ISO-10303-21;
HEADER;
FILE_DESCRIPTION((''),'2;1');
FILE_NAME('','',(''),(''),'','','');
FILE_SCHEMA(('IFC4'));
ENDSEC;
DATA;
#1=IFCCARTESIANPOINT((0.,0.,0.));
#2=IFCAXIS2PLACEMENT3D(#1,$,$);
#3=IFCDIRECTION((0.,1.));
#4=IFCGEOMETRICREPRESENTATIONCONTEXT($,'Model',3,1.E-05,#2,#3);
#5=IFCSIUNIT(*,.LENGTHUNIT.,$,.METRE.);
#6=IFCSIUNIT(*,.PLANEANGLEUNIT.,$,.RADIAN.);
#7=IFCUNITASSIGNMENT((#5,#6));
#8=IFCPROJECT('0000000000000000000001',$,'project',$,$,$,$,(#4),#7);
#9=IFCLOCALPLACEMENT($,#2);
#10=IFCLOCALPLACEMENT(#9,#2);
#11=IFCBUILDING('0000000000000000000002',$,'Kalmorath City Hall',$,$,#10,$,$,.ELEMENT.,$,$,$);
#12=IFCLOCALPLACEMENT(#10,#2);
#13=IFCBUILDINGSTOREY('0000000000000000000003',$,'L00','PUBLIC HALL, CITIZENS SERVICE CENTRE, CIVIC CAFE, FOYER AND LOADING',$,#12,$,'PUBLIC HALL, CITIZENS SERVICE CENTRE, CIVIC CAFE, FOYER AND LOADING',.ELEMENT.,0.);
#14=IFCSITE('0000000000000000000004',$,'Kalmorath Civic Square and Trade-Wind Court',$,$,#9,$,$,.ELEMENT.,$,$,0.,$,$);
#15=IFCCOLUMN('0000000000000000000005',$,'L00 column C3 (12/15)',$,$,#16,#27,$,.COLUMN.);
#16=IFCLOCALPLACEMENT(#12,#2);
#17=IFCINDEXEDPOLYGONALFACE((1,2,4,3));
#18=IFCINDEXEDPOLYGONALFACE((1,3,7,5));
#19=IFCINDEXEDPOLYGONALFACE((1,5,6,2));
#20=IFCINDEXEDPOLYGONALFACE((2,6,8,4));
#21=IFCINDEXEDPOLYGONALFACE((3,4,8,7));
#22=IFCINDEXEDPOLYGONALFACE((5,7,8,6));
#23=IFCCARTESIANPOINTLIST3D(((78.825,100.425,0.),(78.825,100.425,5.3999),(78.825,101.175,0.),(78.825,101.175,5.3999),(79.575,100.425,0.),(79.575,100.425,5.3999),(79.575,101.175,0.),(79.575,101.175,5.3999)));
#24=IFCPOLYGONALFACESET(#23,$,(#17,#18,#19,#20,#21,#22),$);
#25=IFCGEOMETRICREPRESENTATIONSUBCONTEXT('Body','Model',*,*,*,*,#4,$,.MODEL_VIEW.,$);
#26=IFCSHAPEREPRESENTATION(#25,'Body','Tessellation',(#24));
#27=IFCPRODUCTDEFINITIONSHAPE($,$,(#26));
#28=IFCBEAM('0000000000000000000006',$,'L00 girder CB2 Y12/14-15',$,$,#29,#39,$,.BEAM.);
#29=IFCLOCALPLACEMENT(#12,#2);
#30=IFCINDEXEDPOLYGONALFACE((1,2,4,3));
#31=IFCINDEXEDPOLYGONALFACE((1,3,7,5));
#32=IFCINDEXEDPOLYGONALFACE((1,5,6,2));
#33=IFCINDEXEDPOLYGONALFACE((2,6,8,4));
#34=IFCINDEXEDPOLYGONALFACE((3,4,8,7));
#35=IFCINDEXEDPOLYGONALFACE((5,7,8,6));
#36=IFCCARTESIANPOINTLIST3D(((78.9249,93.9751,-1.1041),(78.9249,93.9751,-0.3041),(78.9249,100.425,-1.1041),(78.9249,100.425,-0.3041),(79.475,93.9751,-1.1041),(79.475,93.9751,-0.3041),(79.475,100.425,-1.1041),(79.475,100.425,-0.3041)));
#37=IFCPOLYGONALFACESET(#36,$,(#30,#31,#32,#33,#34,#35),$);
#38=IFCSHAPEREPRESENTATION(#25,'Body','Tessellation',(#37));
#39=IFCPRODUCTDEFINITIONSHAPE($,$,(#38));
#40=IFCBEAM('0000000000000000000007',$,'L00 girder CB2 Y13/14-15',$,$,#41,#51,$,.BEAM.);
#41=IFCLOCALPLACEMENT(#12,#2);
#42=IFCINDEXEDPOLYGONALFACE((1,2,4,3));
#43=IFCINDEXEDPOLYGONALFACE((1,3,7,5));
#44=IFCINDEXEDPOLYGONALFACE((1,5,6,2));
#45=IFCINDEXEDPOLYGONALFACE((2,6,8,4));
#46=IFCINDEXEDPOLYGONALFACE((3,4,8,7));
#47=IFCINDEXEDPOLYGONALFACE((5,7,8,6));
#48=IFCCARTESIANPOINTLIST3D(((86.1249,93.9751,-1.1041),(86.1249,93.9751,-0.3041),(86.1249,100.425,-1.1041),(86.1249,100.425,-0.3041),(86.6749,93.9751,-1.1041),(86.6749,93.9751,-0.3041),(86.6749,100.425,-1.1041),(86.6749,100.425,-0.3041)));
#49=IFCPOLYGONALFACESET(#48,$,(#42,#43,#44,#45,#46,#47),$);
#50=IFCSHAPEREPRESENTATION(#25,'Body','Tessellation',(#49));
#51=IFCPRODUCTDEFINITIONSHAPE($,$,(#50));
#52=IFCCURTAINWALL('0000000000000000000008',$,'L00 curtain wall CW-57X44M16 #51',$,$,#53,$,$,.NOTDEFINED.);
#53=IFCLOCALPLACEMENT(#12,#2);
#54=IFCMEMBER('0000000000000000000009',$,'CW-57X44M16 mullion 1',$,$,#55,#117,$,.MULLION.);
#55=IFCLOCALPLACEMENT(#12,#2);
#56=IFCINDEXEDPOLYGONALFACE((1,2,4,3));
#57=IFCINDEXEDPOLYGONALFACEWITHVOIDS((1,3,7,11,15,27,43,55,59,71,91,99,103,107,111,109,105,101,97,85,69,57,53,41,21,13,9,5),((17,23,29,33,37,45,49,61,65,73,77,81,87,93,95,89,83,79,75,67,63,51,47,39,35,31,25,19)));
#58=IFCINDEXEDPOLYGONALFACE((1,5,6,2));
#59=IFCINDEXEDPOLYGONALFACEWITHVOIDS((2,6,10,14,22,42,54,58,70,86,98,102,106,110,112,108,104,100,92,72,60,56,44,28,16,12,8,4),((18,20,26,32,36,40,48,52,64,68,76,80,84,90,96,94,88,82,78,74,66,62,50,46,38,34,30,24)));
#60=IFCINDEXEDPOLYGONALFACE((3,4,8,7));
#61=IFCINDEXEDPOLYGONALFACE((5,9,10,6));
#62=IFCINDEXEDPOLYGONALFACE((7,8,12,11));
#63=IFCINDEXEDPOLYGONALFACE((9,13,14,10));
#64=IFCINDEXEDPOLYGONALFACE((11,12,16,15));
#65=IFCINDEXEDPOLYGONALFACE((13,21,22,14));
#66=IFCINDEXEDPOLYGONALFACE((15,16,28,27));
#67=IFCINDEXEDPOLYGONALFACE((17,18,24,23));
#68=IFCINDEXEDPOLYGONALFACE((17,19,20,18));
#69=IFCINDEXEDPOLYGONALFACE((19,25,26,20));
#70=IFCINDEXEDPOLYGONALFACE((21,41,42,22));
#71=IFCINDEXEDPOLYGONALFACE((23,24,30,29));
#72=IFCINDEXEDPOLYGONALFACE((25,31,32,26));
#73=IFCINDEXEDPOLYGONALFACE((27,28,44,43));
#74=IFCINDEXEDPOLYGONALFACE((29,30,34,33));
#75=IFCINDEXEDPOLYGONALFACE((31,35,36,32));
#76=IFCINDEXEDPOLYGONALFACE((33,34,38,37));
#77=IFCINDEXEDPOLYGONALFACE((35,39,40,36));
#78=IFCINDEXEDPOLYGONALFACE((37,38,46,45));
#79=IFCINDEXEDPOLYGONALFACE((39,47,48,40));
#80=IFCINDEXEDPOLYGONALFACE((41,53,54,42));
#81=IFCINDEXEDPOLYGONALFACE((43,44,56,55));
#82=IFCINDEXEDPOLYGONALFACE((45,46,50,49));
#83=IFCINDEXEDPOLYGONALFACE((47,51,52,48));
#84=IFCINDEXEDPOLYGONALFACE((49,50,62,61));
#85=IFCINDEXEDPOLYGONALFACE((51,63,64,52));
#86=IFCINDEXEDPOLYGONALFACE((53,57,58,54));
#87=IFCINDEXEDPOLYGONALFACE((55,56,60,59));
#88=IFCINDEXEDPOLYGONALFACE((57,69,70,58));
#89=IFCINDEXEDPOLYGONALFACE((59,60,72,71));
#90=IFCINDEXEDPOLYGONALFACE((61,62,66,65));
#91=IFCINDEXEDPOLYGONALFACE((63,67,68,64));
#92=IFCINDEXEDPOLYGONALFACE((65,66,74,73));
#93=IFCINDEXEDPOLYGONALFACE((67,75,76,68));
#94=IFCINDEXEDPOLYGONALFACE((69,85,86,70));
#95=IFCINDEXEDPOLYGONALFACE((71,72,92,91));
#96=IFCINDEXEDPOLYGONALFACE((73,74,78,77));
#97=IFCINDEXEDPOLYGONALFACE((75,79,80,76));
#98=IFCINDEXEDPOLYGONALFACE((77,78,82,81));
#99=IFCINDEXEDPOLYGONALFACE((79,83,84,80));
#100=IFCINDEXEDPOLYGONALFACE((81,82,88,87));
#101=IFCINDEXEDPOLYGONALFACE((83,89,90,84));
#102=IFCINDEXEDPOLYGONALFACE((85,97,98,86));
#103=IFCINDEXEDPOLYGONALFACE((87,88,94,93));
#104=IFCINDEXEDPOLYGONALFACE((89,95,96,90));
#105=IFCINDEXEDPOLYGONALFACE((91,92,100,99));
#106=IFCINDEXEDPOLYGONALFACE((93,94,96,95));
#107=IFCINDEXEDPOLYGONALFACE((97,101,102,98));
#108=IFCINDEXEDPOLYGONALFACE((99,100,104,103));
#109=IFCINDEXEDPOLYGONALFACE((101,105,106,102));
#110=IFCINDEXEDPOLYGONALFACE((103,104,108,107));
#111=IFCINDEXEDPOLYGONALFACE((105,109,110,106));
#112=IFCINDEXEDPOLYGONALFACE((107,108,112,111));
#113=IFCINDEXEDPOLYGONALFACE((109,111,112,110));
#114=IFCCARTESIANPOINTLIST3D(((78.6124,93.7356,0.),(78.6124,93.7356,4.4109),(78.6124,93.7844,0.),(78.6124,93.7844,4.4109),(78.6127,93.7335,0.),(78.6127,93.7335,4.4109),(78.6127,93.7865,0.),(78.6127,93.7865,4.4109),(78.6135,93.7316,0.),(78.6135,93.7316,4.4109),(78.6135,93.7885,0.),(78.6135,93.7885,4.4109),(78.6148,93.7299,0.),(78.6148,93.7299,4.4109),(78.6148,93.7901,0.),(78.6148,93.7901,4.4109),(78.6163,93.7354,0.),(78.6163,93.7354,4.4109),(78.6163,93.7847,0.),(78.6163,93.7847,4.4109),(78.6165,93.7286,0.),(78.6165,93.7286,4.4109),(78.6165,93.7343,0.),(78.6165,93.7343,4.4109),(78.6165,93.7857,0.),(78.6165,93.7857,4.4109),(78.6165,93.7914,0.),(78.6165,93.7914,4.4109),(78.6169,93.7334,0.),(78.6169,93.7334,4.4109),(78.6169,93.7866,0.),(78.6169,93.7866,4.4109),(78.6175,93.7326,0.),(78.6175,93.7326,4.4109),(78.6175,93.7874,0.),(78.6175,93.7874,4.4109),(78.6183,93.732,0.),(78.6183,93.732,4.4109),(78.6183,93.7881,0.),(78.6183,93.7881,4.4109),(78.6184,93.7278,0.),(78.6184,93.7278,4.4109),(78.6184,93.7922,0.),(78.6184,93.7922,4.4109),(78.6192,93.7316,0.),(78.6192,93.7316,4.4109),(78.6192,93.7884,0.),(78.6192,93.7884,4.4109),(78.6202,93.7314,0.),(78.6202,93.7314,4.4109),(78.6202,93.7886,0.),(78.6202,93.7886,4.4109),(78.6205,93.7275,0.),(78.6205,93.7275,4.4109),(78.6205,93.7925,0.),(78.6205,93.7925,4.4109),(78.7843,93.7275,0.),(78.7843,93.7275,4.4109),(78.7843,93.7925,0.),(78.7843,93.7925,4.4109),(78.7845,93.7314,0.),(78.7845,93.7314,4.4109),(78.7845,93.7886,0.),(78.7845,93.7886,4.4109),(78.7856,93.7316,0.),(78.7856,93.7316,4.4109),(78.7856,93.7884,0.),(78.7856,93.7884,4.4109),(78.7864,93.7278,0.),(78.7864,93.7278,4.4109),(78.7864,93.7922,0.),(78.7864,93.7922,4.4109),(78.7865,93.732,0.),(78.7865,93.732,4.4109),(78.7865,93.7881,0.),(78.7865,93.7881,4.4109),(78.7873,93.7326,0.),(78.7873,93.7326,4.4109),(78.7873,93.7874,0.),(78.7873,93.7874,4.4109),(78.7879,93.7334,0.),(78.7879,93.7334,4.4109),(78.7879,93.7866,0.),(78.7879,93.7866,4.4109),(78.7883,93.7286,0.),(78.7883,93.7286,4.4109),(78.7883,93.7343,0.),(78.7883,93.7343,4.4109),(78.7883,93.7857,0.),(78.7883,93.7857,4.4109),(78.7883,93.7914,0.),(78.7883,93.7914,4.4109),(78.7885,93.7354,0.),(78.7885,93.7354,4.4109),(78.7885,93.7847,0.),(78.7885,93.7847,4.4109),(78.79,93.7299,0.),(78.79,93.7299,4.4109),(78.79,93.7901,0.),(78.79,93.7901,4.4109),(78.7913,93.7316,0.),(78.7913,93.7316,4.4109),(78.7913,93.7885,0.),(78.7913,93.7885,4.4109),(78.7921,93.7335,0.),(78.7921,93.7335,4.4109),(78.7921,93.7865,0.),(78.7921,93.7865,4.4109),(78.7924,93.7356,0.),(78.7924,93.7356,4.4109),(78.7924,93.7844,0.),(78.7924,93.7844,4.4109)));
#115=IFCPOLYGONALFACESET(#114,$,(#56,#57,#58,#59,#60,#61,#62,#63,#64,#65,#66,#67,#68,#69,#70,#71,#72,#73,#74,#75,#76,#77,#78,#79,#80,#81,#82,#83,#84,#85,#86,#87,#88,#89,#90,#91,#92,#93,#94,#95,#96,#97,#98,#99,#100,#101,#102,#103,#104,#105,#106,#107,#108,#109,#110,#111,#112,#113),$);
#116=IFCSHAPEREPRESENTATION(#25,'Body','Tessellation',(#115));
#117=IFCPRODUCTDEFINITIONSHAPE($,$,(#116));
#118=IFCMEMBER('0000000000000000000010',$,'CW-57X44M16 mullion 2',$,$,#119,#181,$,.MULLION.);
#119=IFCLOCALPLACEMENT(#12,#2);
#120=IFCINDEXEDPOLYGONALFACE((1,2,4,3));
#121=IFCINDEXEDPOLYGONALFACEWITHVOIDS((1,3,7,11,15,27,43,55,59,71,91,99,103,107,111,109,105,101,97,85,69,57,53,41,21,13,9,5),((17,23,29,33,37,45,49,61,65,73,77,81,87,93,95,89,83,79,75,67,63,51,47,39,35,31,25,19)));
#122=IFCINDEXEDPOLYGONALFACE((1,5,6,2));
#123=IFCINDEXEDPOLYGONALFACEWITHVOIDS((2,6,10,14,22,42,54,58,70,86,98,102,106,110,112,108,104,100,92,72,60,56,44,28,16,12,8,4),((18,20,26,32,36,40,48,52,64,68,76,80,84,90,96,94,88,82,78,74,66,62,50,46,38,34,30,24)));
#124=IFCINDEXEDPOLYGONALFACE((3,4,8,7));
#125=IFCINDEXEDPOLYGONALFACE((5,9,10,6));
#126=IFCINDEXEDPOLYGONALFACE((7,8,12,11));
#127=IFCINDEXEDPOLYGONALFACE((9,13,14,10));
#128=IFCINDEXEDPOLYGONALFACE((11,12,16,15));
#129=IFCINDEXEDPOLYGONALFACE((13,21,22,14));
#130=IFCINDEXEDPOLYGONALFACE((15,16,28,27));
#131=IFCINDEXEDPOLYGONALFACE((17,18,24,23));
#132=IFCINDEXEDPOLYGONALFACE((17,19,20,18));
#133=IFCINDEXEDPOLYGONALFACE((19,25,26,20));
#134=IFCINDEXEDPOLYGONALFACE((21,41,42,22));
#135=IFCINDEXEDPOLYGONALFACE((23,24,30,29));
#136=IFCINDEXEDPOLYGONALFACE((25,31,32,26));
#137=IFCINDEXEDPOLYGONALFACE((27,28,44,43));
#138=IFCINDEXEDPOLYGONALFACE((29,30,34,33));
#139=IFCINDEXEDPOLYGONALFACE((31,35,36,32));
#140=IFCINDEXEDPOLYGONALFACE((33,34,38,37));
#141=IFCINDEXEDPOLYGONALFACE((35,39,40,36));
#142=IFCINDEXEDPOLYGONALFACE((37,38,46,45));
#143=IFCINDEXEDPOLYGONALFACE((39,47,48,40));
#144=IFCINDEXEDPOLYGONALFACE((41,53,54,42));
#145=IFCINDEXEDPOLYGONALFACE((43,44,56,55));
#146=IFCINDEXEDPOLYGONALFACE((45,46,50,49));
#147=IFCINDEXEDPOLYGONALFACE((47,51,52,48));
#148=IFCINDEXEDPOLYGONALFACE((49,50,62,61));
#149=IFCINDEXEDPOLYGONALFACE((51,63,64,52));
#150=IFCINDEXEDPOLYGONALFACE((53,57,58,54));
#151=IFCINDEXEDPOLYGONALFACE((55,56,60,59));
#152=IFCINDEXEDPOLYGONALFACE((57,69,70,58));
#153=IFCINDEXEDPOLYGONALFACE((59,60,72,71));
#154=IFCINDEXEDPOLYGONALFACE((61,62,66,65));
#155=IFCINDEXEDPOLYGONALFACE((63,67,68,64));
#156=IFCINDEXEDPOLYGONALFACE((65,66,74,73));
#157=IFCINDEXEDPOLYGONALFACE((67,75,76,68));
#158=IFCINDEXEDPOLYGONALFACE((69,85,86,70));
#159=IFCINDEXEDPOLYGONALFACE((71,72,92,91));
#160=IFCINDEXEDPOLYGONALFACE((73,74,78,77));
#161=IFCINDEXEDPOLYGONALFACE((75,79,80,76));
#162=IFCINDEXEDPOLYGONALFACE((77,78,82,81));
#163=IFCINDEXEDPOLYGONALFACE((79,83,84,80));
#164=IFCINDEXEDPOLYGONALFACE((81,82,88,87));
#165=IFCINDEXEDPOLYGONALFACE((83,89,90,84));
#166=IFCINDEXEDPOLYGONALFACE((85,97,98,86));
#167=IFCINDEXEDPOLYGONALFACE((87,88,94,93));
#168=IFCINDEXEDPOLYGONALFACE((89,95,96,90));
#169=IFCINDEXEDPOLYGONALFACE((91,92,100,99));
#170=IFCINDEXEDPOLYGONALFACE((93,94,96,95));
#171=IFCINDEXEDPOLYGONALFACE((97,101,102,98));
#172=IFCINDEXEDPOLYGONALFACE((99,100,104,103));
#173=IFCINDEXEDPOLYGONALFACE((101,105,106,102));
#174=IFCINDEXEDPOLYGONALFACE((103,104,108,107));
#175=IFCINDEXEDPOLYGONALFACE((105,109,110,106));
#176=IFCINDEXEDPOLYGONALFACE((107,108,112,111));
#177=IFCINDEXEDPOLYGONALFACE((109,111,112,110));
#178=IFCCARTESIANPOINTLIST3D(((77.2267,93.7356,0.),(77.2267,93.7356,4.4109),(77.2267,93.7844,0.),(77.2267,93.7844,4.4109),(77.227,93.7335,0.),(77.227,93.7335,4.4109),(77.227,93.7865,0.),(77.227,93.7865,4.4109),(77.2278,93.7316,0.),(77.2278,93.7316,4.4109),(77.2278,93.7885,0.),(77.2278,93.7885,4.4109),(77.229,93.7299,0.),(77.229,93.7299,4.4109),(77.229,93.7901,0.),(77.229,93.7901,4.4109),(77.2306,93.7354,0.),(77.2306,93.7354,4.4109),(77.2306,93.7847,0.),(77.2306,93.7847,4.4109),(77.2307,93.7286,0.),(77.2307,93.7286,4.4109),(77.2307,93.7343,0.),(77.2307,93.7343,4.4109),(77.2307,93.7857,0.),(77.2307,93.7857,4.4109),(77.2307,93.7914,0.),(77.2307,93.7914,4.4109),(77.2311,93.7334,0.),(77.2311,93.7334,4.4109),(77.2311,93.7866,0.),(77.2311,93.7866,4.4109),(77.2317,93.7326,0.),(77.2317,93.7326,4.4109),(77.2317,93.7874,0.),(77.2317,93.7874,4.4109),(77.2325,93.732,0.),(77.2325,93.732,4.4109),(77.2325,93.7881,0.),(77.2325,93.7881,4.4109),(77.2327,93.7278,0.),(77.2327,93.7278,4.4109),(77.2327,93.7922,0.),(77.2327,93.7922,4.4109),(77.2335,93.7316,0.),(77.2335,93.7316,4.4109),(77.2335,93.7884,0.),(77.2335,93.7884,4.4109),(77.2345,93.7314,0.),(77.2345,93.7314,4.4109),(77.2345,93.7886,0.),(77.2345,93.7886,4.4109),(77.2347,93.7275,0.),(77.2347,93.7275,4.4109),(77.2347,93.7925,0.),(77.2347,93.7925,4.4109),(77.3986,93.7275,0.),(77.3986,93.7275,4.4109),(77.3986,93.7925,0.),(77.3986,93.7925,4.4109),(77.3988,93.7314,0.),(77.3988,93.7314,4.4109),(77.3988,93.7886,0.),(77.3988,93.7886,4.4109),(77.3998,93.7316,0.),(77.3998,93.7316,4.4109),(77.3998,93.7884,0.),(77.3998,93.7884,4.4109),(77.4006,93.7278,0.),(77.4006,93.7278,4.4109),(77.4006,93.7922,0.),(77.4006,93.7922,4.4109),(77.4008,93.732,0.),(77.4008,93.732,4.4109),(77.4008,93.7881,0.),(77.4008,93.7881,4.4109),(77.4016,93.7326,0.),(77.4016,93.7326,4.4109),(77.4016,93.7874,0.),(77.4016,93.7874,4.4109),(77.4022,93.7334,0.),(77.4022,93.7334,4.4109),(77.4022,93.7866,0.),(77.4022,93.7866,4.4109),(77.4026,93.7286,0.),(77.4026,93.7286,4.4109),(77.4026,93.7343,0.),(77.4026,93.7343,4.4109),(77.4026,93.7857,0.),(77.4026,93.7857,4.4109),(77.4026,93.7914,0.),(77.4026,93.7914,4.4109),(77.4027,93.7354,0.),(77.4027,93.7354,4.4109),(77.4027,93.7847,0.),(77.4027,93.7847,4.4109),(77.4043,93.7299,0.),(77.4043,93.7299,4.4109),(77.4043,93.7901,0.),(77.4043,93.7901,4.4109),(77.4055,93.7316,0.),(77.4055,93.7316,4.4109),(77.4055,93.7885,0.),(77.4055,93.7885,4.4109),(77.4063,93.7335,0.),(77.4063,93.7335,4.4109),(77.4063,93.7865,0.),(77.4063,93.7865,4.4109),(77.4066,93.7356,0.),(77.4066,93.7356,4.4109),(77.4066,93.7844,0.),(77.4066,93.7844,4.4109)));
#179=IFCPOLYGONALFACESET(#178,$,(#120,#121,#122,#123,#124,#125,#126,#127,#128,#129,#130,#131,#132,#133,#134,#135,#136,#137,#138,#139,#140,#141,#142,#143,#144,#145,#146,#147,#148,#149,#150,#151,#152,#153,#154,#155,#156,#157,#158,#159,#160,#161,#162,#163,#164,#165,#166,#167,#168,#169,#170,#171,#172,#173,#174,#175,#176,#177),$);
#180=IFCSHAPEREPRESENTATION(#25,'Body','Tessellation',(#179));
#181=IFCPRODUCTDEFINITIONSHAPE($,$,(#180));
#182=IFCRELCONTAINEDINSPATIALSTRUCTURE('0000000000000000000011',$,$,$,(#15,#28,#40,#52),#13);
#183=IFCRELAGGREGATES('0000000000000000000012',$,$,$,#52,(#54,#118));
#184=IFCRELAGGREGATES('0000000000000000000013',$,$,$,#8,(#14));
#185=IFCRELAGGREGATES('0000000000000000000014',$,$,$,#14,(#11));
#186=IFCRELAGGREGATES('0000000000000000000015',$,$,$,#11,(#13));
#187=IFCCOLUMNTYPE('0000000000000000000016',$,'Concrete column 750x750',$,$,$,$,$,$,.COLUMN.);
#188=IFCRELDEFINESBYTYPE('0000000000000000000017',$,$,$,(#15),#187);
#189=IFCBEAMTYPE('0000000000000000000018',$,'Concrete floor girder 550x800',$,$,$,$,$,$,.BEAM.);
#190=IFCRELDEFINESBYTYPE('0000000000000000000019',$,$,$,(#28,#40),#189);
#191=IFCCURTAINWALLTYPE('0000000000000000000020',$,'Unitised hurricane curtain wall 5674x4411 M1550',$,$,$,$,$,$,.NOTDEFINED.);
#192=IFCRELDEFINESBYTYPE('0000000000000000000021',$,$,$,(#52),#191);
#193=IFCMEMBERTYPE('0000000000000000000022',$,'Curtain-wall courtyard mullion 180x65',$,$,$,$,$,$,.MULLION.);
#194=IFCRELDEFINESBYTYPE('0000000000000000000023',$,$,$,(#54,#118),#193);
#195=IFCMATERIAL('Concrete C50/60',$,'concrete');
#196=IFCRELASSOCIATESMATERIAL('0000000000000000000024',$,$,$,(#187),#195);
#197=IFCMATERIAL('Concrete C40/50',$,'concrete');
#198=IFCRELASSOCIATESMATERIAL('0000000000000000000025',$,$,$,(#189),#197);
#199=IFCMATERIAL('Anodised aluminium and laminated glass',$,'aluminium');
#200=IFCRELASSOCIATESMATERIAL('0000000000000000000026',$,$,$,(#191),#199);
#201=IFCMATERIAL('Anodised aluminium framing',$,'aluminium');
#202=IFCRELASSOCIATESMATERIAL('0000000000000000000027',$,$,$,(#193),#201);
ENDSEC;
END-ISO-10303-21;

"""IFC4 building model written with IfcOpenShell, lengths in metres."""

from ifc_helpers import new_model, si_unit, direction, frame, origin, origin_2d, place, context, subcontext, project, spatial, rectangle, hollow_rectangle, extrude, material, material_profile, profile_set, type_object, element, aggregate, save


model = new_model("IFC4")

# Units and contexts
model_context = context("Model", 3, precision=1e-05, world=origin(), true_north=direction((0.0, 1.0)))
body_context = subcontext(model_context, "Body", "Model", "MODEL_VIEW")
ifc_project = project(units=[si_unit("LENGTHUNIT", "METRE"), si_unit("PLANEANGLEUNIT", "RADIAN")], contexts=[model_context])

# Site, building, storey
site_placement = place(None, origin())
site = spatial("IfcSite", under=ifc_project, at=site_placement, Name="Kalmorath Civic Square and Trade-Wind Court", CompositionType="ELEMENT", RefElevation=0.0)
building_placement = place(site_placement, origin())
building = spatial("IfcBuilding", under=site, at=building_placement, Name="Kalmorath City Hall", CompositionType="ELEMENT")
storey_placement = place(building_placement, origin())
storey = spatial("IfcBuildingStorey", under=building, at=storey_placement, Name="L00", Description="PUBLIC HALL, CITIZENS SERVICE CENTRE, CIVIC CAFE, FOYER AND LOADING", LongName="PUBLIC HALL, CITIZENS SERVICE CENTRE, CIVIC CAFE, FOYER AND LOADING", CompositionType="ELEMENT", Elevation=0.0)

# Column
ifc_material_1 = material(Name="Concrete C50/60", Category="concrete")
ifc_material_profile_1 = material_profile(ifc_material_1, rectangle(XDim=0.75, YDim=0.75, at=origin_2d()), Name="RC-COL-750X750")
ifc_profile_set_1 = profile_set([ifc_material_profile_1], Name="Concrete C50/60")
column_type = type_object("IfcColumnType", Name="Concrete column 750x750", PredefinedType="COLUMN", material=ifc_profile_set_1)
column_placement = place(storey_placement, frame((79.2, 100.8, 0.0), z_axis=(0.0, 0.0, 1.0), x_axis=(1.0, 0.0, 0.0)))
element("IfcColumn", 1, at=column_placement, inside=storey, type_object=column_type, Name="L00 column C3 (12/15)", PredefinedType="COLUMN", context=body_context, shape_type="SweptSolid", body=[
    extrude(rectangle(XDim=0.75, YDim=0.75, at=origin_2d()), origin(), (0.0, 0.0, 1.0), 5.3999),
])

# Beams
ifc_material_2 = material(Name="Concrete C40/50", Category="concrete")
ifc_material_profile_2 = material_profile(ifc_material_2, rectangle(XDim=0.55, YDim=0.8, at=origin_2d()), Name="RC-BM-550X800")
ifc_profile_set_2 = profile_set([ifc_material_profile_2], Name="Concrete C40/50")
beam_type_1 = type_object("IfcBeamType", Name="Concrete floor girder 550x800", PredefinedType="BEAM", material=ifc_profile_set_2)
for number, where, z_axis, x_axis, name in (
    (2, (79.2, 93.9751, -0.7041), (0.0, 1.0, 0.0), (-1.0, 0.0, 0.0), "L00 girder CB2 Y12/14-15"),
    (3, (86.3999, 93.9751, -0.7041), (0.0, 1.0, 0.0), (-1.0, 0.0, 0.0), "L00 girder CB2 Y13/14-15"),
):
    element("IfcBeam", number, at=place(storey_placement, frame(where, z_axis=z_axis, x_axis=x_axis)), inside=storey, type_object=beam_type_1, Name=name, PredefinedType="BEAM", context=body_context, shape_type="SweptSolid", body=[
        extrude(rectangle(XDim=0.55, YDim=0.8, at=origin_2d()), origin(), (0.0, 0.0, 1.0), 6.45),
    ])

# Curtain wall, members
ifc_material_3 = material(Name="Anodised aluminium and laminated glass", Category="aluminium")
curtain_wall_type = type_object("IfcCurtainWallType", Name="Unitised hurricane curtain wall 5674x4411 M1550", PredefinedType="NOTDEFINED", material=ifc_material_3)
curtain_wall_placement = place(storey_placement, origin())
curtain_wall = element("IfcCurtainWall", 4, at=curtain_wall_placement, inside=storey, type_object=curtain_wall_type, Name="L00 curtain wall CW-57X44M16 #51", PredefinedType="NOTDEFINED")
ifc_material_4 = material(Name="Anodised aluminium framing", Category="aluminium")
ifc_material_profile_3 = material_profile(ifc_material_4, hollow_rectangle(XDim=0.0649, YDim=0.1799, WallThickness=0.0039, InnerFilletRadius=0.0039, OuterFilletRadius=0.0081, at=origin_2d()), Name="ALU-MUL-180X65X4")
ifc_profile_set_3 = profile_set([ifc_material_profile_3], Name="Anodised aluminium framing")
member_type_1 = type_object("IfcMemberType", Name="Curtain-wall courtyard mullion 180x65", PredefinedType="MULLION", material=ifc_profile_set_3)
member_1_placement = place(storey_placement, frame((78.7024, 93.76, 0.0), z_axis=(0.0, 0.0, 1.0), x_axis=(0.0, -1.0, 0.0)))
member_1 = element("IfcMember", 5, at=member_1_placement, type_object=member_type_1, Name="CW-57X44M16 mullion 1", PredefinedType="MULLION", context=body_context, shape_type="SweptSolid", body=[
    extrude(hollow_rectangle(XDim=0.0649, YDim=0.1799, WallThickness=0.0039, InnerFilletRadius=0.0039, OuterFilletRadius=0.0081, at=origin_2d()), origin(), (0.0, 0.0, 1.0), 4.4109),
])
member_2_placement = place(storey_placement, frame((77.3167, 93.76, 0.0), z_axis=(0.0, 0.0, 1.0), x_axis=(0.0, -1.0, 0.0)))
member_2 = element("IfcMember", 6, at=member_2_placement, type_object=member_type_1, Name="CW-57X44M16 mullion 2", PredefinedType="MULLION", context=body_context, shape_type="SweptSolid", body=[
    extrude(hollow_rectangle(XDim=0.0649, YDim=0.1799, WallThickness=0.0039, InnerFilletRadius=0.0039, OuterFilletRadius=0.0081, at=origin_2d()), origin(), (0.0, 0.0, 1.0), 4.4109),
])

aggregate(curtain_wall, [member_1, member_2])

save(model, "model.ifc")
